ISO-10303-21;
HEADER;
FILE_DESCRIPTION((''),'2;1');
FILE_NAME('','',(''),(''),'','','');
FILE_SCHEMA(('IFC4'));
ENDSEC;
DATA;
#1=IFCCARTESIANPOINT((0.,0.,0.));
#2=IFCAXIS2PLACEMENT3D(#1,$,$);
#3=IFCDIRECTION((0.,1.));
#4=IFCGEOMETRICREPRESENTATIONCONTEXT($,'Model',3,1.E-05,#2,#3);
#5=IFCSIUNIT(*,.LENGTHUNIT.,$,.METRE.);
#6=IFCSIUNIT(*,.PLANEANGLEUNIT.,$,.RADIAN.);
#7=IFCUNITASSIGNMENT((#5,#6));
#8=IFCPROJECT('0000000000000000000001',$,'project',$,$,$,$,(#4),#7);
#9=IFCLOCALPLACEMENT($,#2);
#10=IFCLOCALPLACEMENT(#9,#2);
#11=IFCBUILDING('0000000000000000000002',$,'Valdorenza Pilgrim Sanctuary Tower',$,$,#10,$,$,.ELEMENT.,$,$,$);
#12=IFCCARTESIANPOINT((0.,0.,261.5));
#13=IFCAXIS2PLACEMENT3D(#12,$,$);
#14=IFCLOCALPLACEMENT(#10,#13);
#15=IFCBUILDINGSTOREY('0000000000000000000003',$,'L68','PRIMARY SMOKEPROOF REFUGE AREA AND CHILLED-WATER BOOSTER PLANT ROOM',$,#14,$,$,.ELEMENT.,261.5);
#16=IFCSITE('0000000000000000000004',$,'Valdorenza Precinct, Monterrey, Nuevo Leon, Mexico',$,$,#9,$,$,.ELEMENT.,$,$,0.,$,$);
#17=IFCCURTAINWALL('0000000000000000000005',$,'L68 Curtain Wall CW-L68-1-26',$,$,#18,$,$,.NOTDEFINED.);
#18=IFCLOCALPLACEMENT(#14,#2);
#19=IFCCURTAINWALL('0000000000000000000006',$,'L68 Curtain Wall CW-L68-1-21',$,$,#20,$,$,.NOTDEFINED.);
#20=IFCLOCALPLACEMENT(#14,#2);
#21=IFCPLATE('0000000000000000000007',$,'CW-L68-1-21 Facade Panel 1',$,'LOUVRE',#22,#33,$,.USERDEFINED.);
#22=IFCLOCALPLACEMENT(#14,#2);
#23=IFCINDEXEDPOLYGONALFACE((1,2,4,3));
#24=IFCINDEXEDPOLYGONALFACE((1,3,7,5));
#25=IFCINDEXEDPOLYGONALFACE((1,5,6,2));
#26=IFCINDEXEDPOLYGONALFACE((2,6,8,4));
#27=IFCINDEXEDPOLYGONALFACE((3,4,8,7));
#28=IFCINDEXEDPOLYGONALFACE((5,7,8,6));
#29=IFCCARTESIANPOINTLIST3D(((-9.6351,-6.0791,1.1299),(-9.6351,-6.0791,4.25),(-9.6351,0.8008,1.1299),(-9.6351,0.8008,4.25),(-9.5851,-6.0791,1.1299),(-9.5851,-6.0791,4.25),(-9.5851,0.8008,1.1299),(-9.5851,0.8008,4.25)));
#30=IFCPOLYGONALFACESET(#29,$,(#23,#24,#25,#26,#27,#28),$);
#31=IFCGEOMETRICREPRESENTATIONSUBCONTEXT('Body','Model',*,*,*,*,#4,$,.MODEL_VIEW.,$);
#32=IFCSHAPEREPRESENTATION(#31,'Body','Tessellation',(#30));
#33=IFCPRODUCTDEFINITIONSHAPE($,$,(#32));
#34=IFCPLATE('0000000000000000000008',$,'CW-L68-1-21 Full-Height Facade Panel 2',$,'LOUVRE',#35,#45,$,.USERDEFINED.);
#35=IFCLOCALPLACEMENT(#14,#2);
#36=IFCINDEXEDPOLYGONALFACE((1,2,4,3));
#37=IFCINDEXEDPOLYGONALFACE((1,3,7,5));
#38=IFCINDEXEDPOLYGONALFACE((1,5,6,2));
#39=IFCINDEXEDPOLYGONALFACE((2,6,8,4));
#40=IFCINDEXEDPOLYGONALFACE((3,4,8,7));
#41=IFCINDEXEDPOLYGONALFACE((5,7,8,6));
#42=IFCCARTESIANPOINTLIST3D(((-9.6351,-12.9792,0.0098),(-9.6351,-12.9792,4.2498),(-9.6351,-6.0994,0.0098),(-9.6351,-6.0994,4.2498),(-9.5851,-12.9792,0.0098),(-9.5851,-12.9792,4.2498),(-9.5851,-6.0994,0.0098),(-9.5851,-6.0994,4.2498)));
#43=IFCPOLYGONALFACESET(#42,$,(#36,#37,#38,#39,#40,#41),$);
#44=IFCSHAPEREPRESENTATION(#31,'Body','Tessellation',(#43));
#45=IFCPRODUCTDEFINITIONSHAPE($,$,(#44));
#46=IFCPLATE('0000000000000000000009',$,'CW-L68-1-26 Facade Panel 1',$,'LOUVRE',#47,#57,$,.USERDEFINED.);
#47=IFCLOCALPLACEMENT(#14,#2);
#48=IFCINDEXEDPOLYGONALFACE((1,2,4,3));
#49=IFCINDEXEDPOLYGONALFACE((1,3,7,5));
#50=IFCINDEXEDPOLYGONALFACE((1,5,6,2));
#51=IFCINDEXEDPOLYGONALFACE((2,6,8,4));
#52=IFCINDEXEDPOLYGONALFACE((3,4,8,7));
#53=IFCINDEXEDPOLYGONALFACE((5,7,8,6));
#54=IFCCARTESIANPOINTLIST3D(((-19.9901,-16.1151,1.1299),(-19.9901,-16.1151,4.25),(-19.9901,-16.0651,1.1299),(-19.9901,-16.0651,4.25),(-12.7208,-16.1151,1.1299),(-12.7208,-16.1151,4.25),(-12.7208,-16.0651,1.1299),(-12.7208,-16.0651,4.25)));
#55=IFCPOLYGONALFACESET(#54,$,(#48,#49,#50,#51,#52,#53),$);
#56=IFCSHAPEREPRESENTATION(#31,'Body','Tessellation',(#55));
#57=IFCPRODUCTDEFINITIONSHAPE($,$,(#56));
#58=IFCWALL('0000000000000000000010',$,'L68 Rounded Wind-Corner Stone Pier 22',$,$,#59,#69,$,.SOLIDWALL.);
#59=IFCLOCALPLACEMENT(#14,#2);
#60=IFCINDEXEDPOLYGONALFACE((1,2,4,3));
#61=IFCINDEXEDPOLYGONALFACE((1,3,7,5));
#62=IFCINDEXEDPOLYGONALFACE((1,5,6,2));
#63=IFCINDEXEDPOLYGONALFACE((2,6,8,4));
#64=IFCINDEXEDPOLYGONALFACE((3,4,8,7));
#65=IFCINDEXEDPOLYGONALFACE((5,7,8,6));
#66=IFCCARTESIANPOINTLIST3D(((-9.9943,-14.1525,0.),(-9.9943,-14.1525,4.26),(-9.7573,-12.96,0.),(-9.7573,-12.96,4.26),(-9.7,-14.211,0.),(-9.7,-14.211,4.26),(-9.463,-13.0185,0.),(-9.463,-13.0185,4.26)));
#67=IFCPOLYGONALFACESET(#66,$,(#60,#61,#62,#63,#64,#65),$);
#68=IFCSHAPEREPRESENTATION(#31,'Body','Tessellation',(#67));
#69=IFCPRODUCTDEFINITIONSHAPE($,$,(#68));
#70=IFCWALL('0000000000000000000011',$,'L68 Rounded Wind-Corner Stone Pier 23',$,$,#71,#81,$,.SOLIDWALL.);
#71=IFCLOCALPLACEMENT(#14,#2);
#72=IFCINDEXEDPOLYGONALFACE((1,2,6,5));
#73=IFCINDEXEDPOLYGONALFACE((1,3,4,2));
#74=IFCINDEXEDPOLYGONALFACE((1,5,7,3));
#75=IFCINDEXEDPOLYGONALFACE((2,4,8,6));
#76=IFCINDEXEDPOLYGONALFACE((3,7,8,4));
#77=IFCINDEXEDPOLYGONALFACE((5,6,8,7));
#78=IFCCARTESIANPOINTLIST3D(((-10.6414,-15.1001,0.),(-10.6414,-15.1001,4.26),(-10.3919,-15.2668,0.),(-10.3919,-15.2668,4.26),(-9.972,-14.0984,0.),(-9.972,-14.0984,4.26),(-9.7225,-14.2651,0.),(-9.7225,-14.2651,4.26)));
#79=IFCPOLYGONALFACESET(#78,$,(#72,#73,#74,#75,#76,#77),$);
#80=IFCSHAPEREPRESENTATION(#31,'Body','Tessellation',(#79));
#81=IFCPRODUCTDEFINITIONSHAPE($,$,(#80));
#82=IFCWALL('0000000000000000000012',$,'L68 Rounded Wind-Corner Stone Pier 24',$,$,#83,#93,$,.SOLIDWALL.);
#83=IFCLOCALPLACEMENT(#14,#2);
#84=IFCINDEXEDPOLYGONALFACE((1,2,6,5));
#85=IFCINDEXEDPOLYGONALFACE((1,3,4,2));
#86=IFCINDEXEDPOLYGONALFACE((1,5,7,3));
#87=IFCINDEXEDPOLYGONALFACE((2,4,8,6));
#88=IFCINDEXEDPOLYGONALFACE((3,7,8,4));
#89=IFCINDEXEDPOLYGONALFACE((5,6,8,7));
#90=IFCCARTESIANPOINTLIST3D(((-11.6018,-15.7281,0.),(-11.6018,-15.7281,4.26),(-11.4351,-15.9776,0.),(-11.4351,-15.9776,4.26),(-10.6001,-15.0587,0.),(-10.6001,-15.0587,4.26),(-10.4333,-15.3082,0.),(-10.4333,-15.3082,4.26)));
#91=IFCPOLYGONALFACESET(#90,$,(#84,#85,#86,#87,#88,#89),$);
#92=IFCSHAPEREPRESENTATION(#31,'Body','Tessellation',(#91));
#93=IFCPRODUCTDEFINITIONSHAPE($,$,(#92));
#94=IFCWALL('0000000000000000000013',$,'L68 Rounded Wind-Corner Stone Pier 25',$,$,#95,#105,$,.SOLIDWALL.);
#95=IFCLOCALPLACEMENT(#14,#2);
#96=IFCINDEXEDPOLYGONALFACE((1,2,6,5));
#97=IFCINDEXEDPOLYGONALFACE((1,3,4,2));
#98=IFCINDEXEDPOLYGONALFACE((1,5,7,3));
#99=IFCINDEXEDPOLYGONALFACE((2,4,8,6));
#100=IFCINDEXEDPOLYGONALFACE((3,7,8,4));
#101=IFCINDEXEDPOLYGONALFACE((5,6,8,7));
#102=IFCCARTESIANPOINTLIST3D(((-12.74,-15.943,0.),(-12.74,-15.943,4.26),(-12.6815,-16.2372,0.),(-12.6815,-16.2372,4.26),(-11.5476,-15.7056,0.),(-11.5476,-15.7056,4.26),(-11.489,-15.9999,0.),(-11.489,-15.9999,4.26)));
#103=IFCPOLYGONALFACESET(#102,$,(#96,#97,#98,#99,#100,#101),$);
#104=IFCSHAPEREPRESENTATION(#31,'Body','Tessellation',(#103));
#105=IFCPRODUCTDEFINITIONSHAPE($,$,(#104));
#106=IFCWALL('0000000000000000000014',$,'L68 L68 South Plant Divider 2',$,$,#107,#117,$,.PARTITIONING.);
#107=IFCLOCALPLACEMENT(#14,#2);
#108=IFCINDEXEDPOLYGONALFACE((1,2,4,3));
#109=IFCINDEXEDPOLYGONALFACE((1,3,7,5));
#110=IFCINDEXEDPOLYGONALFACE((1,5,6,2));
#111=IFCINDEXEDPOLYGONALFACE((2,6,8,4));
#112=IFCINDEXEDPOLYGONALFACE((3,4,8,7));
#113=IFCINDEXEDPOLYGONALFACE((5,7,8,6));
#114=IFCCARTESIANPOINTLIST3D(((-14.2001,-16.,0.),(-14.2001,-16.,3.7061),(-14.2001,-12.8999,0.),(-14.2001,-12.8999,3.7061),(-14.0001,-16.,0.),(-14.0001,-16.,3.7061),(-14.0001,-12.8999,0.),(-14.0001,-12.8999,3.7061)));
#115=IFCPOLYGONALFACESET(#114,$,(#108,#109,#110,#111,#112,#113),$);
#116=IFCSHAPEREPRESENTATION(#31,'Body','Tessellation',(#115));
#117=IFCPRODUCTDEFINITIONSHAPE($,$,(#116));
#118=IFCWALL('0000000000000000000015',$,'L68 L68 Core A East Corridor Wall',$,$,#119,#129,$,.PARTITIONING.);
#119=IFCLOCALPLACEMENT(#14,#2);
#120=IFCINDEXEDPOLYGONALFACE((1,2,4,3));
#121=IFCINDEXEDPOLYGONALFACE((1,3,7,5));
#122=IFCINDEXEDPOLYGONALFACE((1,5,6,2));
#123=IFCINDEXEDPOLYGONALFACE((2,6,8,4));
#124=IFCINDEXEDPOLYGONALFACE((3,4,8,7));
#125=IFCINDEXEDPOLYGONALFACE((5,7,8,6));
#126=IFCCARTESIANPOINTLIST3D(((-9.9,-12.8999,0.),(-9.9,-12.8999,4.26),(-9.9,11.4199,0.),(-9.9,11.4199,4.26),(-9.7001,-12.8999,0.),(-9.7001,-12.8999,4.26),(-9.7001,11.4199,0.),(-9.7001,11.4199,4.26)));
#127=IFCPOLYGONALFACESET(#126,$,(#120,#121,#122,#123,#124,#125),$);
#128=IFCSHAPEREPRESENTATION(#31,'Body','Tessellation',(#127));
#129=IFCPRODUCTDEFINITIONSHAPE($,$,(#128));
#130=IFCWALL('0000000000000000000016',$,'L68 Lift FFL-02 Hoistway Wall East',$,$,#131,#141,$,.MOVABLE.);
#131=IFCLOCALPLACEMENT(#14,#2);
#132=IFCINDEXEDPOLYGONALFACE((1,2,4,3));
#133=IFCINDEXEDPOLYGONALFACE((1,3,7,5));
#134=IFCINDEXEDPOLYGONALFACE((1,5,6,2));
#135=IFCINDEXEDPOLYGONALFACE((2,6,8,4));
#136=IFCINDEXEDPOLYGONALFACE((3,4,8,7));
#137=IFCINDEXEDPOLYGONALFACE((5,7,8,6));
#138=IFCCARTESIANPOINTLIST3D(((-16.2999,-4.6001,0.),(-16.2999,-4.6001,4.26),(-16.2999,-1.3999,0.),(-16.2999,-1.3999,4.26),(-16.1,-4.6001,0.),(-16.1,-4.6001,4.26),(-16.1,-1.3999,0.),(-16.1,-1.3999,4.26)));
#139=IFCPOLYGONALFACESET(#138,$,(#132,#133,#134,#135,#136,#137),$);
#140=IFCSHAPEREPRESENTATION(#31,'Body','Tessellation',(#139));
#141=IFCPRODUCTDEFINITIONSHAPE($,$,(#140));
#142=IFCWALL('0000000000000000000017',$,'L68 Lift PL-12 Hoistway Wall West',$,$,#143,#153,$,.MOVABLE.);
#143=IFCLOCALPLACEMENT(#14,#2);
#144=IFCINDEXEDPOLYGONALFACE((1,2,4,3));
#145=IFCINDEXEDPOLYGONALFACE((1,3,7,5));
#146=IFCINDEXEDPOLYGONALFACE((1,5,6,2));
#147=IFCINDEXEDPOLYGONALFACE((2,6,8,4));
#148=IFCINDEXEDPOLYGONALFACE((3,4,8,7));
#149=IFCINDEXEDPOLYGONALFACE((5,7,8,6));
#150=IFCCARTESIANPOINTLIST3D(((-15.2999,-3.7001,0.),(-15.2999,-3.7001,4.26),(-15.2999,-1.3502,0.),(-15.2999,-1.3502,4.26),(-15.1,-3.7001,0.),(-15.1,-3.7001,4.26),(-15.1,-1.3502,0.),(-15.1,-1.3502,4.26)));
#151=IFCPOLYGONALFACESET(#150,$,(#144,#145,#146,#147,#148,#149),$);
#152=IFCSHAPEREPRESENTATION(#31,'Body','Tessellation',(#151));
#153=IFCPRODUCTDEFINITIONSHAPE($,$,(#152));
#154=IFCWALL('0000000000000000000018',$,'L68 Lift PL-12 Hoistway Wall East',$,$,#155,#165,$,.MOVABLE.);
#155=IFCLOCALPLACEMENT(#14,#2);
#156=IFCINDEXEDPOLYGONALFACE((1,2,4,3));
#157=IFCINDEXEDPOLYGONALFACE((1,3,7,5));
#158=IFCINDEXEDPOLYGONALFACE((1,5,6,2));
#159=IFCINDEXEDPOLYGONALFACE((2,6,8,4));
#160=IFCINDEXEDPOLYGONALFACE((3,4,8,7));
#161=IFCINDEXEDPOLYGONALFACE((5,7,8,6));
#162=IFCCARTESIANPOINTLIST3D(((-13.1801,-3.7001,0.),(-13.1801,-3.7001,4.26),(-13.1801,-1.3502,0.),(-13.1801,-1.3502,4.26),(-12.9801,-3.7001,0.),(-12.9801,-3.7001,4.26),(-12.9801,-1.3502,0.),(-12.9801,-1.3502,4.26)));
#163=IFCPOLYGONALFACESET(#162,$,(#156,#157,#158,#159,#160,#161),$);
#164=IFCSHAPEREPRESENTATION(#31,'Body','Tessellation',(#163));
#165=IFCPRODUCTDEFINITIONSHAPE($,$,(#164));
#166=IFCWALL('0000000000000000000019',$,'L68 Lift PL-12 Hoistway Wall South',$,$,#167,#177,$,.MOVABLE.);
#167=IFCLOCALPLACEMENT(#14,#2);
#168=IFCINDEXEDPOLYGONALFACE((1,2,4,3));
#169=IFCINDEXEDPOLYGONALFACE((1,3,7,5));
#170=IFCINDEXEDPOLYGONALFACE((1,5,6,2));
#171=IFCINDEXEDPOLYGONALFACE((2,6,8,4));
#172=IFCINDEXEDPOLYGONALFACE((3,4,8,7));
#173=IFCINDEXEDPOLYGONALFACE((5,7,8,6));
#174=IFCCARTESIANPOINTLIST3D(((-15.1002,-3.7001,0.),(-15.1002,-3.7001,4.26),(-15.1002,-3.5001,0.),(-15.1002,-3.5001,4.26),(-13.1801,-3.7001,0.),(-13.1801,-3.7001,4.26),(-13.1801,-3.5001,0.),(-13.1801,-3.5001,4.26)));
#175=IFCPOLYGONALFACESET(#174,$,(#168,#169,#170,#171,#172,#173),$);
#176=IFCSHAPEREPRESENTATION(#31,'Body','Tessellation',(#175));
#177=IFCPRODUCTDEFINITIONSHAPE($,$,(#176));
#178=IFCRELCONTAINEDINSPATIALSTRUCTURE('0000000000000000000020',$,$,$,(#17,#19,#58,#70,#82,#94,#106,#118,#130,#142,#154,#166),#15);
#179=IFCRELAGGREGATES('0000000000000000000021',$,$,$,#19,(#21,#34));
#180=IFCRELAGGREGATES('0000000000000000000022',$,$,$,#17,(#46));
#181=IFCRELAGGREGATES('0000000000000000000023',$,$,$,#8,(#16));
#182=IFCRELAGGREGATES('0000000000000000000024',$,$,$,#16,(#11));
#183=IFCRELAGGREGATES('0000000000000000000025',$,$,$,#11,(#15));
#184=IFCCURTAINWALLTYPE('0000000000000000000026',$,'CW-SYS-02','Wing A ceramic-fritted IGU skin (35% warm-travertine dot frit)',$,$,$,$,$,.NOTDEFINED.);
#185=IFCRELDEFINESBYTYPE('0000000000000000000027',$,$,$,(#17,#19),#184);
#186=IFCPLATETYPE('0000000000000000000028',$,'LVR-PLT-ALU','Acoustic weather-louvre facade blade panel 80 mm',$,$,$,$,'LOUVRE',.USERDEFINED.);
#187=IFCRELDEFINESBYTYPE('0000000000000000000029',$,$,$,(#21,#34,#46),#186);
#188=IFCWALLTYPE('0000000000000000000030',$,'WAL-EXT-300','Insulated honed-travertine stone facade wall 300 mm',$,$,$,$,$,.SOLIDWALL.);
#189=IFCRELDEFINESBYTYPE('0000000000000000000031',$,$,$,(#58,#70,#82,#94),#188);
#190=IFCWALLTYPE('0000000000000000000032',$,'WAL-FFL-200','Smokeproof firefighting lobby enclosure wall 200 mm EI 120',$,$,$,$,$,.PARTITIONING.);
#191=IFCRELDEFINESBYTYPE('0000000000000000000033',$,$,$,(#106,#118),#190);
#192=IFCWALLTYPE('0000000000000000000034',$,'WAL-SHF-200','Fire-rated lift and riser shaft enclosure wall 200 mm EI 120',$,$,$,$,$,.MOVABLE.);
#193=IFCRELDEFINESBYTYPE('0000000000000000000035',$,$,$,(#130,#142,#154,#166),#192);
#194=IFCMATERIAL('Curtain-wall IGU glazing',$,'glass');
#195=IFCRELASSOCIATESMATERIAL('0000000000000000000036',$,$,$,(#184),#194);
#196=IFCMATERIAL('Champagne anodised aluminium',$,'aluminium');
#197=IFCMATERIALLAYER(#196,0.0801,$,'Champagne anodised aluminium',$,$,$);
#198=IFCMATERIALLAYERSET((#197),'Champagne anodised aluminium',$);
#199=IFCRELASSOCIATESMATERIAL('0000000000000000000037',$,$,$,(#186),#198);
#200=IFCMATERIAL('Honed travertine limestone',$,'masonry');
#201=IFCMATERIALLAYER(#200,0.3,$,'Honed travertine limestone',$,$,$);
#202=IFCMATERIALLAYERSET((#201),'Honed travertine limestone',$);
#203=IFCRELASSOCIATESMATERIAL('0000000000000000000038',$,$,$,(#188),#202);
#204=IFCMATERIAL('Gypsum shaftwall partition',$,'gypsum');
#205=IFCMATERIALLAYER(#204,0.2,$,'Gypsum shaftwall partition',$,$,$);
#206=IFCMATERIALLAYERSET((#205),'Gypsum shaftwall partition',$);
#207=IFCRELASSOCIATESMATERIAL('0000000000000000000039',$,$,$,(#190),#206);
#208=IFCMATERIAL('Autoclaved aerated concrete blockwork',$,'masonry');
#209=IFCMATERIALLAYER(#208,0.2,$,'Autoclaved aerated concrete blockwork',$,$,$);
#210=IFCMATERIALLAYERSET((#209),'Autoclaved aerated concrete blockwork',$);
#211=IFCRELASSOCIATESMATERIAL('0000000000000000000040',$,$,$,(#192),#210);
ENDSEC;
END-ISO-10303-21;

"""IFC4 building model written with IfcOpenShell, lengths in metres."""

from ifc_helpers import new_model, si_unit, direction, frame, frame_2d, origin, origin_2d, place, context, subcontext, project, spatial, rectangle, extrude, source, transform, mapped, material, layer, layer_set, type_object, element, aggregate, save


model = new_model("IFC4")

# Units and contexts
model_context = context("Model", 3, precision=1e-05, world=origin(), true_north=direction((0.0, 1.0)))
body_context = subcontext(model_context, "Body", "Model", "MODEL_VIEW")
ifc_project = project(units=[si_unit("LENGTHUNIT", "METRE"), si_unit("PLANEANGLEUNIT", "RADIAN")], contexts=[model_context])

# Site, building, storey
site_placement = place(None, origin())
site = spatial("IfcSite", under=ifc_project, at=site_placement, Name="Valdorenza Precinct, Monterrey, Nuevo Leon, Mexico", CompositionType="ELEMENT", RefElevation=0.0)
building_placement = place(site_placement, origin())
building = spatial("IfcBuilding", under=site, at=building_placement, Name="Valdorenza Pilgrim Sanctuary Tower", CompositionType="ELEMENT")
storey_placement = place(building_placement, frame((0.0, 0.0, 261.5)))
storey = spatial("IfcBuildingStorey", under=building, at=storey_placement, Name="L68", Description="PRIMARY SMOKEPROOF REFUGE AREA AND CHILLED-WATER BOOSTER PLANT ROOM", CompositionType="ELEMENT", Elevation=261.5)

# Curtain wall
ifc_material_1 = material(Name="Curtain-wall IGU glazing", Category="glass")
curtain_wall_type = type_object("IfcCurtainWallType", Name="CW-SYS-02", Description="Wing A ceramic-fritted IGU skin (35% warm-travertine dot frit)", PredefinedType="NOTDEFINED", material=ifc_material_1)
curtain_wall_1_placement = place(storey_placement, origin())
curtain_wall_1 = element("IfcCurtainWall", 1, at=curtain_wall_1_placement, inside=storey, type_object=curtain_wall_type, Name="L68 Curtain Wall CW-L68-1-26", PredefinedType="NOTDEFINED")

# Curtain wall
curtain_wall_2_placement = place(storey_placement, origin())
curtain_wall_2 = element("IfcCurtainWall", 2, at=curtain_wall_2_placement, inside=storey, type_object=curtain_wall_type, Name="L68 Curtain Wall CW-L68-1-21", PredefinedType="NOTDEFINED")

# Plates
ifc_material_2 = material(Name="Honed travertine limestone", Category="masonry")
ifc_material_3 = material(Name="Champagne anodised aluminium", Category="aluminium")
ifc_layer_1 = layer(ifc_material_3, 0.0801, Name="Champagne anodised aluminium")
ifc_layer_set_1 = layer_set([ifc_layer_1], Name="Champagne anodised aluminium")
plate_type_1 = type_object("IfcPlateType", Name="LVR-PLT-ALU", Description="Acoustic weather-louvre facade blade panel 80 mm", ElementType="LOUVRE", PredefinedType="USERDEFINED", material=ifc_layer_set_1)
shared_shape_1 = source(origin(), body_context, "Body", "SweptSolid", [
    extrude(rectangle(XDim=6.8799, YDim=0.05, at=origin_2d()), origin(), (0.0, 0.0, 1.0), 3.1201),
])
plate_1_placement = place(storey_placement, frame((-9.6101, -2.6392, 1.1299), z_axis=(0.0, 0.0, 1.0), x_axis=(0.0, -1.0, 0.0)))
plate_1 = element("IfcPlate", 3, at=plate_1_placement, type_object=plate_type_1, Name="CW-L68-1-21 Facade Panel 1", ObjectType="LOUVRE", PredefinedType="USERDEFINED", context=body_context, shape_type="MappedRepresentation", body=[
    mapped(shared_shape_1, transform((0.0, 0.0, 0.0), x_axis=(1.0, 0.0, 0.0), y_axis=(0.0, 1.0, 0.0), z_axis=(0.0, 0.0, 1.0), scale=1.0)),
])
shared_shape_2 = source(origin(), body_context, "Body", "SweptSolid", [
    extrude(rectangle(XDim=6.8799, YDim=0.05, at=origin_2d()), origin(), (0.0, 0.0, 1.0), 4.24),
])
plate_2_placement = place(storey_placement, frame((-9.6101, -9.5393, 0.0098), z_axis=(0.0, 0.0, 1.0), x_axis=(0.0, -1.0, 0.0)))
plate_2 = element("IfcPlate", 4, at=plate_2_placement, type_object=plate_type_1, Name="CW-L68-1-21 Full-Height Facade Panel 2", ObjectType="LOUVRE", PredefinedType="USERDEFINED", context=body_context, shape_type="MappedRepresentation", body=[
    mapped(shared_shape_2, transform((0.0, 0.0, 0.0), x_axis=(1.0, 0.0, 0.0), y_axis=(0.0, 1.0, 0.0), z_axis=(0.0, 0.0, 1.0), scale=1.0)),
])
aggregate(curtain_wall_2, [plate_1, plate_2])
shared_shape_3 = source(origin(), body_context, "Body", "SweptSolid", [
    extrude(rectangle(XDim=7.2693, YDim=0.05, at=origin_2d()), origin(), (0.0, 0.0, 1.0), 3.1201),
])
plate_3_placement = place(storey_placement, frame((-16.3555, -16.0901, 1.1299), z_axis=(0.0, 0.0, 1.0), x_axis=(-1.0, 0.0, 0.0)))
plate_3 = element("IfcPlate", 5, at=plate_3_placement, type_object=plate_type_1, Name="CW-L68-1-26 Facade Panel 1", ObjectType="LOUVRE", PredefinedType="USERDEFINED", context=body_context, shape_type="MappedRepresentation", body=[
    mapped(shared_shape_3, transform((0.0, 0.0, 0.0), x_axis=(1.0, 0.0, 0.0), y_axis=(0.0, 1.0, 0.0), z_axis=(0.0, 0.0, 1.0), scale=1.0)),
])
aggregate(curtain_wall_1, [plate_3])

# Walls
ifc_layer_2 = layer(ifc_material_2, 0.3, Name="Honed travertine limestone")
ifc_layer_set_2 = layer_set([ifc_layer_2], Name="Honed travertine limestone")
wall_type_1 = type_object("IfcWallType", Name="WAL-EXT-300", Description="Insulated honed-travertine stone facade wall 300 mm", PredefinedType="SOLIDWALL", material=ifc_layer_set_2)
wall_1_placement = place(storey_placement, frame((-9.6101, -12.9893, 0.0), z_axis=(0.0, 0.0, 1.0), x_axis=(-0.194996, -0.980804, 0.0)))
element("IfcWall", 6, at=wall_1_placement, inside=storey, type_object=wall_type_1, Name="L68 Rounded Wind-Corner Stone Pier 22", PredefinedType="SOLIDWALL", context=body_context, shape_type="SweptSolid", body=[
    extrude(rectangle(XDim=1.2158, YDim=0.3, at=frame_2d((0.6079, 0.0))), origin(), (0.0, 0.0, 1.0), 4.26),
])
for number, where, z_axis, x_axis, name in (
    (7, (-9.8472, -14.1816, 0.0), (0.0, 0.0, 1.0), (-0.555635, -0.831426, 0.0), "L68 Rounded Wind-Corner Stone Pier 23"),
    (8, (-10.5166, -15.1833, 0.0), (0.0, 0.0, 1.0), (-0.831426, -0.555635, 0.0), "L68 Rounded Wind-Corner Stone Pier 24"),
):
    element("IfcWall", number, at=place(storey_placement, frame(where, z_axis=z_axis, x_axis=x_axis)), inside=storey, type_object=wall_type_1, Name=name, PredefinedType="SOLIDWALL", context=body_context, shape_type="SweptSolid", body=[
        extrude(rectangle(XDim=1.2048, YDim=0.3, at=frame_2d((0.6025, 0.0))), origin(), (0.0, 0.0, 1.0), 4.26),
    ])
wall_2_placement = place(storey_placement, frame((-11.5183, -15.8528, 0.0), z_axis=(0.0, 0.0, 1.0), x_axis=(-0.980766, -0.195189, 0.0)))
element("IfcWall", 9, at=wall_2_placement, inside=storey, type_object=wall_type_1, Name="L68 Rounded Wind-Corner Stone Pier 25", PredefinedType="SOLIDWALL", context=body_context, shape_type="SweptSolid", body=[
    extrude(rectangle(XDim=1.2158, YDim=0.3, at=frame_2d((0.6079, 0.0))), origin(), (0.0, 0.0, 1.0), 4.26),
])

# Shared definitions
ifc_material_4 = material(Name="Gypsum shaftwall partition", Category="gypsum")
ifc_layer_3 = layer(ifc_material_4, 0.2, Name="Gypsum shaftwall partition")
ifc_layer_set_3 = layer_set([ifc_layer_3], Name="Gypsum shaftwall partition")
wall_type_2 = type_object("IfcWallType", Name="WAL-FFL-200", Description="Smokeproof firefighting lobby enclosure wall 200 mm EI 120", PredefinedType="PARTITIONING", material=ifc_layer_set_3)

# Walls
wall_3_placement = place(storey_placement, frame((-14.1001, -16.0, 0.0), z_axis=(0.0, 0.0, 1.0), x_axis=(0.0, 1.0, 0.0)))
element("IfcWall", 10, at=wall_3_placement, inside=storey, type_object=wall_type_2, Name="L68 L68 South Plant Divider 2", PredefinedType="PARTITIONING", context=body_context, shape_type="SweptSolid", body=[
    extrude(rectangle(XDim=3.1001, YDim=0.2, at=frame_2d((1.55, 0.0))), origin(), (0.0, 0.0, 1.0), 3.7061),
])
wall_4_placement = place(storey_placement, frame((-9.8, -12.8999, 0.0), z_axis=(0.0, 0.0, 1.0), x_axis=(0.0, 1.0, 0.0)))
element("IfcWall", 11, at=wall_4_placement, inside=storey, type_object=wall_type_2, Name="L68 L68 Core A East Corridor Wall", PredefinedType="PARTITIONING", context=body_context, shape_type="SweptSolid", body=[
    extrude(rectangle(XDim=24.3198, YDim=0.2, at=frame_2d((12.1599, 0.0))), origin(), (0.0, 0.0, 1.0), 4.26),
])
ifc_material_5 = material(Name="Autoclaved aerated concrete blockwork", Category="masonry")
ifc_layer_4 = layer(ifc_material_5, 0.2, Name="Autoclaved aerated concrete blockwork")
ifc_layer_set_4 = layer_set([ifc_layer_4], Name="Autoclaved aerated concrete blockwork")
wall_type_3 = type_object("IfcWallType", Name="WAL-SHF-200", Description="Fire-rated lift and riser shaft enclosure wall 200 mm EI 120", PredefinedType="MOVABLE", material=ifc_layer_set_4)
wall_5_placement = place(storey_placement, frame((-16.2, -4.6001, 0.0), z_axis=(0.0, 0.0, 1.0), x_axis=(0.0, 1.0, 0.0)))
element("IfcWall", 12, at=wall_5_placement, inside=storey, type_object=wall_type_3, Name="L68 Lift FFL-02 Hoistway Wall East", PredefinedType="MOVABLE", context=body_context, shape_type="SweptSolid", body=[
    extrude(rectangle(XDim=3.2002, YDim=0.2, at=frame_2d((1.6001, 0.0))), origin(), (0.0, 0.0, 1.0), 4.26),
])
for number, where, z_axis, x_axis, name in (
    (13, (-15.2, -3.7, 0.0), (0.0, 0.0, 1.0), (0.0, 1.0, 0.0), "L68 Lift PL-12 Hoistway Wall West"),
    (14, (-13.0801, -3.7, 0.0), (0.0, 0.0, 1.0), (0.0, 1.0, 0.0), "L68 Lift PL-12 Hoistway Wall East"),
):
    element("IfcWall", number, at=place(storey_placement, frame(where, z_axis=z_axis, x_axis=x_axis)), inside=storey, type_object=wall_type_3, Name=name, PredefinedType="MOVABLE", context=body_context, shape_type="SweptSolid", body=[
        extrude(rectangle(XDim=2.3499, YDim=0.2, at=frame_2d((1.1748, 0.0))), origin(), (0.0, 0.0, 1.0), 4.26),
    ])
wall_6_placement = place(storey_placement, frame((-15.1001, -3.6001, 0.0), z_axis=(0.0, 0.0, 1.0), x_axis=(1.0, 0.0, 0.0)))
element("IfcWall", 15, at=wall_6_placement, inside=storey, type_object=wall_type_3, Name="L68 Lift PL-12 Hoistway Wall South", PredefinedType="MOVABLE", context=body_context, shape_type="SweptSolid", body=[
    extrude(rectangle(XDim=1.9202, YDim=0.2, at=frame_2d((0.96, 0.0))), origin(), (0.0, 0.0, 1.0), 4.26),
])

save(model, "model.ifc")
